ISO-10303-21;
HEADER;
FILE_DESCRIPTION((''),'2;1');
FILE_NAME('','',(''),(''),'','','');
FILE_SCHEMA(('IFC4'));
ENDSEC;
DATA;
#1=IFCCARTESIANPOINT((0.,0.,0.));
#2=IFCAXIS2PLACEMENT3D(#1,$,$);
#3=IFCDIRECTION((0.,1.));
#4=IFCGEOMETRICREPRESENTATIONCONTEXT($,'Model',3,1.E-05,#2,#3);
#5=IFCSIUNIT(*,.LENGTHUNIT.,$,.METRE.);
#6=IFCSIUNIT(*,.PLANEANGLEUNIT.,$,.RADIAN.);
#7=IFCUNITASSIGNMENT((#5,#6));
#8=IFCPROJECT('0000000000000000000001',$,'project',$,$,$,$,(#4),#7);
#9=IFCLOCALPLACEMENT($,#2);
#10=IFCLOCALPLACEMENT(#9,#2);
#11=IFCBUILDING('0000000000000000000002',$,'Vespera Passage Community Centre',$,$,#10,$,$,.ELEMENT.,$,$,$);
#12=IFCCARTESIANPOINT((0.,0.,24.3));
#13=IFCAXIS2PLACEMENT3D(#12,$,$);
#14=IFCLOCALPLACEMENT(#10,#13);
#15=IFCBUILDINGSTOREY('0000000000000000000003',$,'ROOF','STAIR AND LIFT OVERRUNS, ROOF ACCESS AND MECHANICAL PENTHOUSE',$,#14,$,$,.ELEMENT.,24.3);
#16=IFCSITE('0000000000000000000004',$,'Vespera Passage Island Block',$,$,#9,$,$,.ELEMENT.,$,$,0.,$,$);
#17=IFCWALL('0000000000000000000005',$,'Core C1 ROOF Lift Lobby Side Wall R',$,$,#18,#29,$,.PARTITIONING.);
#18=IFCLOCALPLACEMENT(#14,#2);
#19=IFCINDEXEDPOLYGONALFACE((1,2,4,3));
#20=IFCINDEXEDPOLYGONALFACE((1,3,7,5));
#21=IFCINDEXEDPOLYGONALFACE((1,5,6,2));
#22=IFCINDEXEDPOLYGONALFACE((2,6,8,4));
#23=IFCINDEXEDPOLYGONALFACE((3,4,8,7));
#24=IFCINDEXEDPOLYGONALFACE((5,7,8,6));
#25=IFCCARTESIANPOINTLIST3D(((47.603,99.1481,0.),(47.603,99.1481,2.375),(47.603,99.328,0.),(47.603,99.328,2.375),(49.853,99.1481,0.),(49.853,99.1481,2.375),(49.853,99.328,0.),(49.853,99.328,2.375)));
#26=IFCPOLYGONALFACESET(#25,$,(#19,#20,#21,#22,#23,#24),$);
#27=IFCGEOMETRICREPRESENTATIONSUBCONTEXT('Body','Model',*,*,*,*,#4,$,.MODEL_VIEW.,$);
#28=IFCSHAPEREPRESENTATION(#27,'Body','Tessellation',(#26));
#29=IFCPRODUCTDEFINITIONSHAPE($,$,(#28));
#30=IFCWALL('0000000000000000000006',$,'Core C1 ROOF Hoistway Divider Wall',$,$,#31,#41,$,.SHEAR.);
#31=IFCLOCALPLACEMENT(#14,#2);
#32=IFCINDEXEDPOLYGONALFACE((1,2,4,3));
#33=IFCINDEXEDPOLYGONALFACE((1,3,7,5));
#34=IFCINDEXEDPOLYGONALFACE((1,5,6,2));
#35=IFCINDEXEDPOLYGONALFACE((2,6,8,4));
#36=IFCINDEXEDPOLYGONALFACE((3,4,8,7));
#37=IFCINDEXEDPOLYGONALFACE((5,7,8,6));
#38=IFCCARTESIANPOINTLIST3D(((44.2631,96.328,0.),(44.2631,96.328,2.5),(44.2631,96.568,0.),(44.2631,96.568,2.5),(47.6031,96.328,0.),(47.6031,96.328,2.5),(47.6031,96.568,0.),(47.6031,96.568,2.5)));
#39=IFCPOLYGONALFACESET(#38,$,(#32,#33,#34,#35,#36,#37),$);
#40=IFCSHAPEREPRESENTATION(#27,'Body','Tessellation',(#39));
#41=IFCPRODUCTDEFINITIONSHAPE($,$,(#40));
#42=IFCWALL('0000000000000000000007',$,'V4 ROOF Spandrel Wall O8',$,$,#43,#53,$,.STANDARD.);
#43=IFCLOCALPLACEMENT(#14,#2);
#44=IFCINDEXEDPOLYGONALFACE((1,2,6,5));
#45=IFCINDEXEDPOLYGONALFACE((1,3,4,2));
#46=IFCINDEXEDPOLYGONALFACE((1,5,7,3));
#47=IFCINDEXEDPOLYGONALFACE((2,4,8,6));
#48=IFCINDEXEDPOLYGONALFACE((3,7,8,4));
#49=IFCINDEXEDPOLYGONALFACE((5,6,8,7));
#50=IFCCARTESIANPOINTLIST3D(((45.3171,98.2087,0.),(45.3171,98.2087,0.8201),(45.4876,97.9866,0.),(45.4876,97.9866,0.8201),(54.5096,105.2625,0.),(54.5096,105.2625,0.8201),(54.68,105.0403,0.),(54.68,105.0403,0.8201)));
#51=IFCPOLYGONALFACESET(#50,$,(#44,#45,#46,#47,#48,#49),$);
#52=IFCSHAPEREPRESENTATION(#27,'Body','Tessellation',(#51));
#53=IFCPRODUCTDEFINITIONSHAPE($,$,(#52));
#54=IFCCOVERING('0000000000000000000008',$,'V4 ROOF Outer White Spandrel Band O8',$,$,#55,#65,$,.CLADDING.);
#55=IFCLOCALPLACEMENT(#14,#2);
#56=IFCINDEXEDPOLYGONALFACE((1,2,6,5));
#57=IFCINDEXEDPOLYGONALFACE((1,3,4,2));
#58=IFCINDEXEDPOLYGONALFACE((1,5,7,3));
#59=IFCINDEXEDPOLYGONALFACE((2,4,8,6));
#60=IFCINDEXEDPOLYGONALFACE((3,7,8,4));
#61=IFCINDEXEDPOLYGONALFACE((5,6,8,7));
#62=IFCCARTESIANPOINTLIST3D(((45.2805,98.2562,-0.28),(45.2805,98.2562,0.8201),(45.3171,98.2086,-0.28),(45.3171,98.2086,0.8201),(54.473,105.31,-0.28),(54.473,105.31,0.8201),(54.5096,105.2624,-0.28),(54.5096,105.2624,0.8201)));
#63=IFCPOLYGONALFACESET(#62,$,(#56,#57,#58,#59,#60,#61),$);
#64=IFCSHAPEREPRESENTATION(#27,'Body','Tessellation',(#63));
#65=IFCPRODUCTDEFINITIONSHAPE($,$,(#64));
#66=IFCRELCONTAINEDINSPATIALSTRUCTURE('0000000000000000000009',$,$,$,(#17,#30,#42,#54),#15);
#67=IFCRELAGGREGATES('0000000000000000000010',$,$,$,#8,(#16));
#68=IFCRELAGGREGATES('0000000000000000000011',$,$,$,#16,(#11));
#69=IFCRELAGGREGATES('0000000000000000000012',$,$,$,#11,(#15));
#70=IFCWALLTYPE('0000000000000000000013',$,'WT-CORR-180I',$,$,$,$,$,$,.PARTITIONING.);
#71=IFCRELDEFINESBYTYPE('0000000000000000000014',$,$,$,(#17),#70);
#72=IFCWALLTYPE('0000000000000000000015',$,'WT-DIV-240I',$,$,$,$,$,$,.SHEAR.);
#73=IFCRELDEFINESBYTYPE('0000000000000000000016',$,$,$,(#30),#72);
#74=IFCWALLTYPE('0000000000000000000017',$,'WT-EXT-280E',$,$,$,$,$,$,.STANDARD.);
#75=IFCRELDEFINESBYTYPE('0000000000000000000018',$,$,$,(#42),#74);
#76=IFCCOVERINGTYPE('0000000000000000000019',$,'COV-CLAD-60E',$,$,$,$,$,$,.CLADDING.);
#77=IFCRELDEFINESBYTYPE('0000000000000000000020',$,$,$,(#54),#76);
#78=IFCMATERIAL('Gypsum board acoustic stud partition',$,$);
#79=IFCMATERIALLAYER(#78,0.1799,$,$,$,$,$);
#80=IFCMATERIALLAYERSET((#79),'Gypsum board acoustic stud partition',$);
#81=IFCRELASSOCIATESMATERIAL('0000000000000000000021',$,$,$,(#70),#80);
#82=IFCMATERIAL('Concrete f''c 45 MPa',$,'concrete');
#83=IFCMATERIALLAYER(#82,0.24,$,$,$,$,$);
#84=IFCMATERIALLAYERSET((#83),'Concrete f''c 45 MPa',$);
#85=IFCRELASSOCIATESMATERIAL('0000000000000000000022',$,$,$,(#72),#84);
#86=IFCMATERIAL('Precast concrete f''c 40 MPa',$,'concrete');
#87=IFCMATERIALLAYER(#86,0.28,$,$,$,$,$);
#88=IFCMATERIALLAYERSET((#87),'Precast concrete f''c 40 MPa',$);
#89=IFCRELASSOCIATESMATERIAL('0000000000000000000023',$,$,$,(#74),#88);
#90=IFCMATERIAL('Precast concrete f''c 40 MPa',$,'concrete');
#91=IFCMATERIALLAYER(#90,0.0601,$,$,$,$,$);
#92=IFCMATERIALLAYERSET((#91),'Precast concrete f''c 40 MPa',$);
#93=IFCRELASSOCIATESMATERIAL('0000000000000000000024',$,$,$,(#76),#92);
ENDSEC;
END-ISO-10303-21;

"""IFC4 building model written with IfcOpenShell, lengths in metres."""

from ifc_helpers import new_model, si_unit, direction, frame, frame_2d, origin, place, context, subcontext, project, spatial, rectangle, extrude, material, layer, layer_set, type_object, element, save


model = new_model("IFC4")

# Units and contexts
model_context = context("Model", 3, precision=1e-05, world=origin(), true_north=direction((0.0, 1.0)))
body_context = subcontext(model_context, "Body", "Model", "MODEL_VIEW")
ifc_project = project(units=[si_unit("LENGTHUNIT", "METRE"), si_unit("PLANEANGLEUNIT", "RADIAN")], contexts=[model_context])

# Site, building, storey
site_placement = place(None, origin())
site = spatial("IfcSite", under=ifc_project, at=site_placement, Name="Vespera Passage Island Block", CompositionType="ELEMENT", RefElevation=0.0)
building_placement = place(site_placement, origin())
building = spatial("IfcBuilding", under=site, at=building_placement, Name="Vespera Passage Community Centre", CompositionType="ELEMENT")
storey_placement = place(building_placement, frame((0.0, 0.0, 24.3)))
storey = spatial("IfcBuildingStorey", under=building, at=storey_placement, Name="ROOF", Description="STAIR AND LIFT OVERRUNS, ROOF ACCESS AND MECHANICAL PENTHOUSE", CompositionType="ELEMENT", Elevation=24.3)

# Walls
ifc_material_1 = material(Name="Gypsum board acoustic stud partition")
ifc_layer_1 = layer(ifc_material_1, 0.1799)
ifc_layer_set_1 = layer_set([ifc_layer_1], Name="Gypsum board acoustic stud partition")
wall_type_1 = type_object("IfcWallType", Name="WT-CORR-180I", PredefinedType="PARTITIONING", material=ifc_layer_set_1)
wall_1_placement = place(storey_placement, frame((47.603, 99.238, 0.0), z_axis=(0.0, 0.0, 1.0), x_axis=(1.0, 0.0, 0.0)))
element("IfcWall", 1, at=wall_1_placement, inside=storey, type_object=wall_type_1, Name="Core C1 ROOF Lift Lobby Side Wall R", PredefinedType="PARTITIONING", context=body_context, shape_type="SweptSolid", body=[
    extrude(rectangle(XDim=2.25, YDim=0.1799, at=frame_2d((1.125, 0.0))), origin(), (0.0, 0.0, 1.0), 2.375),
])
ifc_material_2 = material(Name="Concrete f'c 45 MPa", Category="concrete")
ifc_layer_2 = layer(ifc_material_2, 0.24)
ifc_layer_set_2 = layer_set([ifc_layer_2], Name="Concrete f'c 45 MPa")
wall_type_2 = type_object("IfcWallType", Name="WT-DIV-240I", PredefinedType="SHEAR", material=ifc_layer_set_2)
wall_2_placement = place(storey_placement, frame((47.603, 96.448, 0.0), z_axis=(0.0, 0.0, 1.0), x_axis=(-1.0, 0.0, 0.0)))
element("IfcWall", 2, at=wall_2_placement, inside=storey, type_object=wall_type_2, Name="Core C1 ROOF Hoistway Divider Wall", PredefinedType="SHEAR", context=body_context, shape_type="SweptSolid", body=[
    extrude(rectangle(XDim=3.3401, YDim=0.24, at=frame_2d((1.6699, 0.0))), origin(), (0.0, 0.0, 1.0), 2.5),
])
ifc_material_3 = material(Name="Precast concrete f'c 40 MPa", Category="concrete")
ifc_layer_3 = layer(ifc_material_3, 0.28)
ifc_layer_set_3 = layer_set([ifc_layer_3], Name="Precast concrete f'c 40 MPa")
wall_type_3 = type_object("IfcWallType", Name="WT-EXT-280E", PredefinedType="STANDARD", material=ifc_layer_set_3)
wall_3_placement = place(storey_placement, frame((45.4023, 98.0977, 0.0), z_axis=(0.0, 0.0, 1.0), x_axis=(0.793347, 0.608769, 0.0)))
element("IfcWall", 3, at=wall_3_placement, inside=storey, type_object=wall_type_3, Name="V4 ROOF Spandrel Wall O8", PredefinedType="STANDARD", context=body_context, shape_type="SweptSolid", body=[
    extrude(rectangle(XDim=11.5869, YDim=0.28, at=frame_2d((5.7935, 0.0))), origin(), (0.0, 0.0, 1.0), 0.8201),
])

# Covering
ifc_material_4 = material(Name="Precast concrete f'c 40 MPa", Category="concrete")
ifc_layer_4 = layer(ifc_material_4, 0.0601)
ifc_layer_set_4 = layer_set([ifc_layer_4], Name="Precast concrete f'c 40 MPa")
covering_type = type_object("IfcCoveringType", Name="COV-CLAD-60E", PredefinedType="CLADDING", material=ifc_layer_set_4)
covering_placement = place(storey_placement, frame((45.2988, 98.2324, -0.28), z_axis=(0.0, 0.0, 1.0), x_axis=(0.793347, 0.608769, 0.0)))
element("IfcCovering", 4, at=covering_placement, inside=storey, type_object=covering_type, Name="V4 ROOF Outer White Spandrel Band O8", PredefinedType="CLADDING", context=body_context, shape_type="SweptSolid", body=[
    extrude(rectangle(XDim=11.5869, YDim=0.0601, at=frame_2d((5.7935, 0.0))), origin(), (0.0, 0.0, 1.0), 1.1001),
])

save(model, "model.ifc")
